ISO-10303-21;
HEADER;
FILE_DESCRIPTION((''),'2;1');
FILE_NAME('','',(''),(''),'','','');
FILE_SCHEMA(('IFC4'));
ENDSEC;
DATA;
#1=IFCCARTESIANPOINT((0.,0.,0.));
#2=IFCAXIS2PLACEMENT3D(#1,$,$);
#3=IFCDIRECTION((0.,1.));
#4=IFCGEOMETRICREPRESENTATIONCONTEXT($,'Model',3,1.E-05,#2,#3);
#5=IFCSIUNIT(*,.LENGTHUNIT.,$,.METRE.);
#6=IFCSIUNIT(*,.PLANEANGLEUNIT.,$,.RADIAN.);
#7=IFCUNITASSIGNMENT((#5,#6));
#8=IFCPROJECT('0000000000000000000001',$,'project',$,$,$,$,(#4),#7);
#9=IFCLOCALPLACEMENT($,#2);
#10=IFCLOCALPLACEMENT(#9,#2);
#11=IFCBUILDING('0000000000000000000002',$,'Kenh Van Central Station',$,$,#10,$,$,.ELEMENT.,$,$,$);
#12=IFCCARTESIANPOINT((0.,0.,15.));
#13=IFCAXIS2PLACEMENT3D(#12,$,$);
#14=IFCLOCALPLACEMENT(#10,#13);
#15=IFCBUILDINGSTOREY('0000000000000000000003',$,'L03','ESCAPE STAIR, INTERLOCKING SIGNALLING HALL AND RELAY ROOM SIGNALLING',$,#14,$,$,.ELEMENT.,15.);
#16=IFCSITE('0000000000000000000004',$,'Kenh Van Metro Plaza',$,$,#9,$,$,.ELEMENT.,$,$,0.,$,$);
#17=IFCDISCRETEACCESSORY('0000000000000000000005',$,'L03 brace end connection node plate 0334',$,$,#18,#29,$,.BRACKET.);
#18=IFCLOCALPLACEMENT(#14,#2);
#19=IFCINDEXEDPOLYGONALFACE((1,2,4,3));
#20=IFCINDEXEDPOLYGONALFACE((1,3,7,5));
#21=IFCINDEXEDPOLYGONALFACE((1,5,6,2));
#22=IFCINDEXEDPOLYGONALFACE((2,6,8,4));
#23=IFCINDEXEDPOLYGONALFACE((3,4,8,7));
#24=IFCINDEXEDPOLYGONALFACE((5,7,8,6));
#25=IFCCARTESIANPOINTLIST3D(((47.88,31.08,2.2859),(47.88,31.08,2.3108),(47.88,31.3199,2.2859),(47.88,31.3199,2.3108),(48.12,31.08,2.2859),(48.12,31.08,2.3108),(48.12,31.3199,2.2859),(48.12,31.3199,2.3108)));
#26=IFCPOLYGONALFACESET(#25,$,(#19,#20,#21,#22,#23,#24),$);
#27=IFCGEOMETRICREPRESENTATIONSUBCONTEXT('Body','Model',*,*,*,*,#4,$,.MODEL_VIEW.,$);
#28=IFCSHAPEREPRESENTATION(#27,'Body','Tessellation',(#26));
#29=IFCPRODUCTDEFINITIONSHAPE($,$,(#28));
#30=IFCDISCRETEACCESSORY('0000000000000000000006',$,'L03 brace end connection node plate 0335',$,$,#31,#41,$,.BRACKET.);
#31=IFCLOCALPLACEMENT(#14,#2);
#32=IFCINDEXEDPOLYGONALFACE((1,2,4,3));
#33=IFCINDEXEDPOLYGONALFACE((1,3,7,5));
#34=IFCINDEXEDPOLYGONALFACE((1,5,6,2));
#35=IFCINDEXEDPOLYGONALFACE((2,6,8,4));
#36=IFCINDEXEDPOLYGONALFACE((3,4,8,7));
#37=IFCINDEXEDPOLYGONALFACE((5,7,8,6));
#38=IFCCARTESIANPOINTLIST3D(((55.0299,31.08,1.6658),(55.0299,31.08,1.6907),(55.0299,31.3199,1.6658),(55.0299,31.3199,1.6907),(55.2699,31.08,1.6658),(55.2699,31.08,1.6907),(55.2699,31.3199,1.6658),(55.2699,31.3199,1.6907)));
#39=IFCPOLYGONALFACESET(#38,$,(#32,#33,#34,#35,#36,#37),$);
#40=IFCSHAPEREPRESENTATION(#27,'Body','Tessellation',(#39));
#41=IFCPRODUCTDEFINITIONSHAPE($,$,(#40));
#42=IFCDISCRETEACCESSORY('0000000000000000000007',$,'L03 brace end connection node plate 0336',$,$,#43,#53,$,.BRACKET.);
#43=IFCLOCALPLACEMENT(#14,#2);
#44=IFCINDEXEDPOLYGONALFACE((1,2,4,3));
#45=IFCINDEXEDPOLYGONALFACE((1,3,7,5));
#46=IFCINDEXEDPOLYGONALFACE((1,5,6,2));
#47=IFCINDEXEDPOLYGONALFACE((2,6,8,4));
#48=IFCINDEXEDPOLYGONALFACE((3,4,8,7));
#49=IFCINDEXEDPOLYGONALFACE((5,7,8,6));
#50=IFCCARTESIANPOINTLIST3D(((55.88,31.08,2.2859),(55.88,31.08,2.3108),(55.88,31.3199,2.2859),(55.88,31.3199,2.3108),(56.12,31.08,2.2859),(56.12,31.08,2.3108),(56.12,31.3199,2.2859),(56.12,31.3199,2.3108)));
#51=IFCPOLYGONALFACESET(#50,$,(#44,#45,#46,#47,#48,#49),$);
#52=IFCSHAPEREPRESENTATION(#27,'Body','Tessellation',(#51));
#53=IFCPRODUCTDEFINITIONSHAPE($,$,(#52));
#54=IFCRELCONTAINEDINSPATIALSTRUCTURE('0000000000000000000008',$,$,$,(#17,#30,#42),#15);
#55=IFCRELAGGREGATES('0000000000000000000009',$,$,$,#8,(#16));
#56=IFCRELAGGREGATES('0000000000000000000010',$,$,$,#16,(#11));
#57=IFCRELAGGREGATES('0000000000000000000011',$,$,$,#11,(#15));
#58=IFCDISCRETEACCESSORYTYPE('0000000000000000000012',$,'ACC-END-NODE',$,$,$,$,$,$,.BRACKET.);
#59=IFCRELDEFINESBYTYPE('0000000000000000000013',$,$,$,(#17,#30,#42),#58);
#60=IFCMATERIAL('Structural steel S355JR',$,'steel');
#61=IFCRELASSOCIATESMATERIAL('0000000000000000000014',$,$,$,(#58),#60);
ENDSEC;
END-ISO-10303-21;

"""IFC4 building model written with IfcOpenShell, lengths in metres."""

from ifc_helpers import new_model, si_unit, direction, frame, origin, origin_2d, place, context, subcontext, project, spatial, rectangle, extrude, material, type_object, element, save


model = new_model("IFC4")

# Units and contexts
model_context = context("Model", 3, precision=1e-05, world=origin(), true_north=direction((0.0, 1.0)))
body_context = subcontext(model_context, "Body", "Model", "MODEL_VIEW")
ifc_project = project(units=[si_unit("LENGTHUNIT", "METRE"), si_unit("PLANEANGLEUNIT", "RADIAN")], contexts=[model_context])

# Site, building, storey
site_placement = place(None, origin())
site = spatial("IfcSite", under=ifc_project, at=site_placement, Name="Kenh Van Metro Plaza", CompositionType="ELEMENT", RefElevation=0.0)
building_placement = place(site_placement, origin())
building = spatial("IfcBuilding", under=site, at=building_placement, Name="Kenh Van Central Station", CompositionType="ELEMENT")
storey_placement = place(building_placement, frame((0.0, 0.0, 15.0)))
storey = spatial("IfcBuildingStorey", under=building, at=storey_placement, Name="L03", Description="ESCAPE STAIR, INTERLOCKING SIGNALLING HALL AND RELAY ROOM SIGNALLING", CompositionType="ELEMENT", Elevation=15.0)

# Discrete accessories
ifc_material_1 = material(Name="Structural steel S355JR", Category="steel")
discrete_accessory_type = type_object("IfcDiscreteAccessoryType", Name="ACC-END-NODE", PredefinedType="BRACKET", material=ifc_material_1)
for number, where, z_axis, x_axis, name in (
    (1, (48.0, 31.2, 2.2859), (0.0, 0.0, 1.0), (1.0, 0.0, 0.0), "L03 brace end connection node plate 0334"),
    (2, (55.1499, 31.2, 1.6658), (0.0, 0.0, 1.0), (1.0, 0.0, 0.0), "L03 brace end connection node plate 0335"),
    (3, (56.0, 31.2, 2.2859), (0.0, 0.0, 1.0), (1.0, 0.0, 0.0), "L03 brace end connection node plate 0336"),
):
    element("IfcDiscreteAccessory", number, at=place(storey_placement, frame(where, z_axis=z_axis, x_axis=x_axis)), inside=storey, type_object=discrete_accessory_type, Name=name, PredefinedType="BRACKET", context=body_context, shape_type="SweptSolid", body=[
        extrude(rectangle(XDim=0.24, YDim=0.24, at=origin_2d()), origin(), (0.0, 0.0, 1.0), 0.0249),
    ])

save(model, "model.ifc")
